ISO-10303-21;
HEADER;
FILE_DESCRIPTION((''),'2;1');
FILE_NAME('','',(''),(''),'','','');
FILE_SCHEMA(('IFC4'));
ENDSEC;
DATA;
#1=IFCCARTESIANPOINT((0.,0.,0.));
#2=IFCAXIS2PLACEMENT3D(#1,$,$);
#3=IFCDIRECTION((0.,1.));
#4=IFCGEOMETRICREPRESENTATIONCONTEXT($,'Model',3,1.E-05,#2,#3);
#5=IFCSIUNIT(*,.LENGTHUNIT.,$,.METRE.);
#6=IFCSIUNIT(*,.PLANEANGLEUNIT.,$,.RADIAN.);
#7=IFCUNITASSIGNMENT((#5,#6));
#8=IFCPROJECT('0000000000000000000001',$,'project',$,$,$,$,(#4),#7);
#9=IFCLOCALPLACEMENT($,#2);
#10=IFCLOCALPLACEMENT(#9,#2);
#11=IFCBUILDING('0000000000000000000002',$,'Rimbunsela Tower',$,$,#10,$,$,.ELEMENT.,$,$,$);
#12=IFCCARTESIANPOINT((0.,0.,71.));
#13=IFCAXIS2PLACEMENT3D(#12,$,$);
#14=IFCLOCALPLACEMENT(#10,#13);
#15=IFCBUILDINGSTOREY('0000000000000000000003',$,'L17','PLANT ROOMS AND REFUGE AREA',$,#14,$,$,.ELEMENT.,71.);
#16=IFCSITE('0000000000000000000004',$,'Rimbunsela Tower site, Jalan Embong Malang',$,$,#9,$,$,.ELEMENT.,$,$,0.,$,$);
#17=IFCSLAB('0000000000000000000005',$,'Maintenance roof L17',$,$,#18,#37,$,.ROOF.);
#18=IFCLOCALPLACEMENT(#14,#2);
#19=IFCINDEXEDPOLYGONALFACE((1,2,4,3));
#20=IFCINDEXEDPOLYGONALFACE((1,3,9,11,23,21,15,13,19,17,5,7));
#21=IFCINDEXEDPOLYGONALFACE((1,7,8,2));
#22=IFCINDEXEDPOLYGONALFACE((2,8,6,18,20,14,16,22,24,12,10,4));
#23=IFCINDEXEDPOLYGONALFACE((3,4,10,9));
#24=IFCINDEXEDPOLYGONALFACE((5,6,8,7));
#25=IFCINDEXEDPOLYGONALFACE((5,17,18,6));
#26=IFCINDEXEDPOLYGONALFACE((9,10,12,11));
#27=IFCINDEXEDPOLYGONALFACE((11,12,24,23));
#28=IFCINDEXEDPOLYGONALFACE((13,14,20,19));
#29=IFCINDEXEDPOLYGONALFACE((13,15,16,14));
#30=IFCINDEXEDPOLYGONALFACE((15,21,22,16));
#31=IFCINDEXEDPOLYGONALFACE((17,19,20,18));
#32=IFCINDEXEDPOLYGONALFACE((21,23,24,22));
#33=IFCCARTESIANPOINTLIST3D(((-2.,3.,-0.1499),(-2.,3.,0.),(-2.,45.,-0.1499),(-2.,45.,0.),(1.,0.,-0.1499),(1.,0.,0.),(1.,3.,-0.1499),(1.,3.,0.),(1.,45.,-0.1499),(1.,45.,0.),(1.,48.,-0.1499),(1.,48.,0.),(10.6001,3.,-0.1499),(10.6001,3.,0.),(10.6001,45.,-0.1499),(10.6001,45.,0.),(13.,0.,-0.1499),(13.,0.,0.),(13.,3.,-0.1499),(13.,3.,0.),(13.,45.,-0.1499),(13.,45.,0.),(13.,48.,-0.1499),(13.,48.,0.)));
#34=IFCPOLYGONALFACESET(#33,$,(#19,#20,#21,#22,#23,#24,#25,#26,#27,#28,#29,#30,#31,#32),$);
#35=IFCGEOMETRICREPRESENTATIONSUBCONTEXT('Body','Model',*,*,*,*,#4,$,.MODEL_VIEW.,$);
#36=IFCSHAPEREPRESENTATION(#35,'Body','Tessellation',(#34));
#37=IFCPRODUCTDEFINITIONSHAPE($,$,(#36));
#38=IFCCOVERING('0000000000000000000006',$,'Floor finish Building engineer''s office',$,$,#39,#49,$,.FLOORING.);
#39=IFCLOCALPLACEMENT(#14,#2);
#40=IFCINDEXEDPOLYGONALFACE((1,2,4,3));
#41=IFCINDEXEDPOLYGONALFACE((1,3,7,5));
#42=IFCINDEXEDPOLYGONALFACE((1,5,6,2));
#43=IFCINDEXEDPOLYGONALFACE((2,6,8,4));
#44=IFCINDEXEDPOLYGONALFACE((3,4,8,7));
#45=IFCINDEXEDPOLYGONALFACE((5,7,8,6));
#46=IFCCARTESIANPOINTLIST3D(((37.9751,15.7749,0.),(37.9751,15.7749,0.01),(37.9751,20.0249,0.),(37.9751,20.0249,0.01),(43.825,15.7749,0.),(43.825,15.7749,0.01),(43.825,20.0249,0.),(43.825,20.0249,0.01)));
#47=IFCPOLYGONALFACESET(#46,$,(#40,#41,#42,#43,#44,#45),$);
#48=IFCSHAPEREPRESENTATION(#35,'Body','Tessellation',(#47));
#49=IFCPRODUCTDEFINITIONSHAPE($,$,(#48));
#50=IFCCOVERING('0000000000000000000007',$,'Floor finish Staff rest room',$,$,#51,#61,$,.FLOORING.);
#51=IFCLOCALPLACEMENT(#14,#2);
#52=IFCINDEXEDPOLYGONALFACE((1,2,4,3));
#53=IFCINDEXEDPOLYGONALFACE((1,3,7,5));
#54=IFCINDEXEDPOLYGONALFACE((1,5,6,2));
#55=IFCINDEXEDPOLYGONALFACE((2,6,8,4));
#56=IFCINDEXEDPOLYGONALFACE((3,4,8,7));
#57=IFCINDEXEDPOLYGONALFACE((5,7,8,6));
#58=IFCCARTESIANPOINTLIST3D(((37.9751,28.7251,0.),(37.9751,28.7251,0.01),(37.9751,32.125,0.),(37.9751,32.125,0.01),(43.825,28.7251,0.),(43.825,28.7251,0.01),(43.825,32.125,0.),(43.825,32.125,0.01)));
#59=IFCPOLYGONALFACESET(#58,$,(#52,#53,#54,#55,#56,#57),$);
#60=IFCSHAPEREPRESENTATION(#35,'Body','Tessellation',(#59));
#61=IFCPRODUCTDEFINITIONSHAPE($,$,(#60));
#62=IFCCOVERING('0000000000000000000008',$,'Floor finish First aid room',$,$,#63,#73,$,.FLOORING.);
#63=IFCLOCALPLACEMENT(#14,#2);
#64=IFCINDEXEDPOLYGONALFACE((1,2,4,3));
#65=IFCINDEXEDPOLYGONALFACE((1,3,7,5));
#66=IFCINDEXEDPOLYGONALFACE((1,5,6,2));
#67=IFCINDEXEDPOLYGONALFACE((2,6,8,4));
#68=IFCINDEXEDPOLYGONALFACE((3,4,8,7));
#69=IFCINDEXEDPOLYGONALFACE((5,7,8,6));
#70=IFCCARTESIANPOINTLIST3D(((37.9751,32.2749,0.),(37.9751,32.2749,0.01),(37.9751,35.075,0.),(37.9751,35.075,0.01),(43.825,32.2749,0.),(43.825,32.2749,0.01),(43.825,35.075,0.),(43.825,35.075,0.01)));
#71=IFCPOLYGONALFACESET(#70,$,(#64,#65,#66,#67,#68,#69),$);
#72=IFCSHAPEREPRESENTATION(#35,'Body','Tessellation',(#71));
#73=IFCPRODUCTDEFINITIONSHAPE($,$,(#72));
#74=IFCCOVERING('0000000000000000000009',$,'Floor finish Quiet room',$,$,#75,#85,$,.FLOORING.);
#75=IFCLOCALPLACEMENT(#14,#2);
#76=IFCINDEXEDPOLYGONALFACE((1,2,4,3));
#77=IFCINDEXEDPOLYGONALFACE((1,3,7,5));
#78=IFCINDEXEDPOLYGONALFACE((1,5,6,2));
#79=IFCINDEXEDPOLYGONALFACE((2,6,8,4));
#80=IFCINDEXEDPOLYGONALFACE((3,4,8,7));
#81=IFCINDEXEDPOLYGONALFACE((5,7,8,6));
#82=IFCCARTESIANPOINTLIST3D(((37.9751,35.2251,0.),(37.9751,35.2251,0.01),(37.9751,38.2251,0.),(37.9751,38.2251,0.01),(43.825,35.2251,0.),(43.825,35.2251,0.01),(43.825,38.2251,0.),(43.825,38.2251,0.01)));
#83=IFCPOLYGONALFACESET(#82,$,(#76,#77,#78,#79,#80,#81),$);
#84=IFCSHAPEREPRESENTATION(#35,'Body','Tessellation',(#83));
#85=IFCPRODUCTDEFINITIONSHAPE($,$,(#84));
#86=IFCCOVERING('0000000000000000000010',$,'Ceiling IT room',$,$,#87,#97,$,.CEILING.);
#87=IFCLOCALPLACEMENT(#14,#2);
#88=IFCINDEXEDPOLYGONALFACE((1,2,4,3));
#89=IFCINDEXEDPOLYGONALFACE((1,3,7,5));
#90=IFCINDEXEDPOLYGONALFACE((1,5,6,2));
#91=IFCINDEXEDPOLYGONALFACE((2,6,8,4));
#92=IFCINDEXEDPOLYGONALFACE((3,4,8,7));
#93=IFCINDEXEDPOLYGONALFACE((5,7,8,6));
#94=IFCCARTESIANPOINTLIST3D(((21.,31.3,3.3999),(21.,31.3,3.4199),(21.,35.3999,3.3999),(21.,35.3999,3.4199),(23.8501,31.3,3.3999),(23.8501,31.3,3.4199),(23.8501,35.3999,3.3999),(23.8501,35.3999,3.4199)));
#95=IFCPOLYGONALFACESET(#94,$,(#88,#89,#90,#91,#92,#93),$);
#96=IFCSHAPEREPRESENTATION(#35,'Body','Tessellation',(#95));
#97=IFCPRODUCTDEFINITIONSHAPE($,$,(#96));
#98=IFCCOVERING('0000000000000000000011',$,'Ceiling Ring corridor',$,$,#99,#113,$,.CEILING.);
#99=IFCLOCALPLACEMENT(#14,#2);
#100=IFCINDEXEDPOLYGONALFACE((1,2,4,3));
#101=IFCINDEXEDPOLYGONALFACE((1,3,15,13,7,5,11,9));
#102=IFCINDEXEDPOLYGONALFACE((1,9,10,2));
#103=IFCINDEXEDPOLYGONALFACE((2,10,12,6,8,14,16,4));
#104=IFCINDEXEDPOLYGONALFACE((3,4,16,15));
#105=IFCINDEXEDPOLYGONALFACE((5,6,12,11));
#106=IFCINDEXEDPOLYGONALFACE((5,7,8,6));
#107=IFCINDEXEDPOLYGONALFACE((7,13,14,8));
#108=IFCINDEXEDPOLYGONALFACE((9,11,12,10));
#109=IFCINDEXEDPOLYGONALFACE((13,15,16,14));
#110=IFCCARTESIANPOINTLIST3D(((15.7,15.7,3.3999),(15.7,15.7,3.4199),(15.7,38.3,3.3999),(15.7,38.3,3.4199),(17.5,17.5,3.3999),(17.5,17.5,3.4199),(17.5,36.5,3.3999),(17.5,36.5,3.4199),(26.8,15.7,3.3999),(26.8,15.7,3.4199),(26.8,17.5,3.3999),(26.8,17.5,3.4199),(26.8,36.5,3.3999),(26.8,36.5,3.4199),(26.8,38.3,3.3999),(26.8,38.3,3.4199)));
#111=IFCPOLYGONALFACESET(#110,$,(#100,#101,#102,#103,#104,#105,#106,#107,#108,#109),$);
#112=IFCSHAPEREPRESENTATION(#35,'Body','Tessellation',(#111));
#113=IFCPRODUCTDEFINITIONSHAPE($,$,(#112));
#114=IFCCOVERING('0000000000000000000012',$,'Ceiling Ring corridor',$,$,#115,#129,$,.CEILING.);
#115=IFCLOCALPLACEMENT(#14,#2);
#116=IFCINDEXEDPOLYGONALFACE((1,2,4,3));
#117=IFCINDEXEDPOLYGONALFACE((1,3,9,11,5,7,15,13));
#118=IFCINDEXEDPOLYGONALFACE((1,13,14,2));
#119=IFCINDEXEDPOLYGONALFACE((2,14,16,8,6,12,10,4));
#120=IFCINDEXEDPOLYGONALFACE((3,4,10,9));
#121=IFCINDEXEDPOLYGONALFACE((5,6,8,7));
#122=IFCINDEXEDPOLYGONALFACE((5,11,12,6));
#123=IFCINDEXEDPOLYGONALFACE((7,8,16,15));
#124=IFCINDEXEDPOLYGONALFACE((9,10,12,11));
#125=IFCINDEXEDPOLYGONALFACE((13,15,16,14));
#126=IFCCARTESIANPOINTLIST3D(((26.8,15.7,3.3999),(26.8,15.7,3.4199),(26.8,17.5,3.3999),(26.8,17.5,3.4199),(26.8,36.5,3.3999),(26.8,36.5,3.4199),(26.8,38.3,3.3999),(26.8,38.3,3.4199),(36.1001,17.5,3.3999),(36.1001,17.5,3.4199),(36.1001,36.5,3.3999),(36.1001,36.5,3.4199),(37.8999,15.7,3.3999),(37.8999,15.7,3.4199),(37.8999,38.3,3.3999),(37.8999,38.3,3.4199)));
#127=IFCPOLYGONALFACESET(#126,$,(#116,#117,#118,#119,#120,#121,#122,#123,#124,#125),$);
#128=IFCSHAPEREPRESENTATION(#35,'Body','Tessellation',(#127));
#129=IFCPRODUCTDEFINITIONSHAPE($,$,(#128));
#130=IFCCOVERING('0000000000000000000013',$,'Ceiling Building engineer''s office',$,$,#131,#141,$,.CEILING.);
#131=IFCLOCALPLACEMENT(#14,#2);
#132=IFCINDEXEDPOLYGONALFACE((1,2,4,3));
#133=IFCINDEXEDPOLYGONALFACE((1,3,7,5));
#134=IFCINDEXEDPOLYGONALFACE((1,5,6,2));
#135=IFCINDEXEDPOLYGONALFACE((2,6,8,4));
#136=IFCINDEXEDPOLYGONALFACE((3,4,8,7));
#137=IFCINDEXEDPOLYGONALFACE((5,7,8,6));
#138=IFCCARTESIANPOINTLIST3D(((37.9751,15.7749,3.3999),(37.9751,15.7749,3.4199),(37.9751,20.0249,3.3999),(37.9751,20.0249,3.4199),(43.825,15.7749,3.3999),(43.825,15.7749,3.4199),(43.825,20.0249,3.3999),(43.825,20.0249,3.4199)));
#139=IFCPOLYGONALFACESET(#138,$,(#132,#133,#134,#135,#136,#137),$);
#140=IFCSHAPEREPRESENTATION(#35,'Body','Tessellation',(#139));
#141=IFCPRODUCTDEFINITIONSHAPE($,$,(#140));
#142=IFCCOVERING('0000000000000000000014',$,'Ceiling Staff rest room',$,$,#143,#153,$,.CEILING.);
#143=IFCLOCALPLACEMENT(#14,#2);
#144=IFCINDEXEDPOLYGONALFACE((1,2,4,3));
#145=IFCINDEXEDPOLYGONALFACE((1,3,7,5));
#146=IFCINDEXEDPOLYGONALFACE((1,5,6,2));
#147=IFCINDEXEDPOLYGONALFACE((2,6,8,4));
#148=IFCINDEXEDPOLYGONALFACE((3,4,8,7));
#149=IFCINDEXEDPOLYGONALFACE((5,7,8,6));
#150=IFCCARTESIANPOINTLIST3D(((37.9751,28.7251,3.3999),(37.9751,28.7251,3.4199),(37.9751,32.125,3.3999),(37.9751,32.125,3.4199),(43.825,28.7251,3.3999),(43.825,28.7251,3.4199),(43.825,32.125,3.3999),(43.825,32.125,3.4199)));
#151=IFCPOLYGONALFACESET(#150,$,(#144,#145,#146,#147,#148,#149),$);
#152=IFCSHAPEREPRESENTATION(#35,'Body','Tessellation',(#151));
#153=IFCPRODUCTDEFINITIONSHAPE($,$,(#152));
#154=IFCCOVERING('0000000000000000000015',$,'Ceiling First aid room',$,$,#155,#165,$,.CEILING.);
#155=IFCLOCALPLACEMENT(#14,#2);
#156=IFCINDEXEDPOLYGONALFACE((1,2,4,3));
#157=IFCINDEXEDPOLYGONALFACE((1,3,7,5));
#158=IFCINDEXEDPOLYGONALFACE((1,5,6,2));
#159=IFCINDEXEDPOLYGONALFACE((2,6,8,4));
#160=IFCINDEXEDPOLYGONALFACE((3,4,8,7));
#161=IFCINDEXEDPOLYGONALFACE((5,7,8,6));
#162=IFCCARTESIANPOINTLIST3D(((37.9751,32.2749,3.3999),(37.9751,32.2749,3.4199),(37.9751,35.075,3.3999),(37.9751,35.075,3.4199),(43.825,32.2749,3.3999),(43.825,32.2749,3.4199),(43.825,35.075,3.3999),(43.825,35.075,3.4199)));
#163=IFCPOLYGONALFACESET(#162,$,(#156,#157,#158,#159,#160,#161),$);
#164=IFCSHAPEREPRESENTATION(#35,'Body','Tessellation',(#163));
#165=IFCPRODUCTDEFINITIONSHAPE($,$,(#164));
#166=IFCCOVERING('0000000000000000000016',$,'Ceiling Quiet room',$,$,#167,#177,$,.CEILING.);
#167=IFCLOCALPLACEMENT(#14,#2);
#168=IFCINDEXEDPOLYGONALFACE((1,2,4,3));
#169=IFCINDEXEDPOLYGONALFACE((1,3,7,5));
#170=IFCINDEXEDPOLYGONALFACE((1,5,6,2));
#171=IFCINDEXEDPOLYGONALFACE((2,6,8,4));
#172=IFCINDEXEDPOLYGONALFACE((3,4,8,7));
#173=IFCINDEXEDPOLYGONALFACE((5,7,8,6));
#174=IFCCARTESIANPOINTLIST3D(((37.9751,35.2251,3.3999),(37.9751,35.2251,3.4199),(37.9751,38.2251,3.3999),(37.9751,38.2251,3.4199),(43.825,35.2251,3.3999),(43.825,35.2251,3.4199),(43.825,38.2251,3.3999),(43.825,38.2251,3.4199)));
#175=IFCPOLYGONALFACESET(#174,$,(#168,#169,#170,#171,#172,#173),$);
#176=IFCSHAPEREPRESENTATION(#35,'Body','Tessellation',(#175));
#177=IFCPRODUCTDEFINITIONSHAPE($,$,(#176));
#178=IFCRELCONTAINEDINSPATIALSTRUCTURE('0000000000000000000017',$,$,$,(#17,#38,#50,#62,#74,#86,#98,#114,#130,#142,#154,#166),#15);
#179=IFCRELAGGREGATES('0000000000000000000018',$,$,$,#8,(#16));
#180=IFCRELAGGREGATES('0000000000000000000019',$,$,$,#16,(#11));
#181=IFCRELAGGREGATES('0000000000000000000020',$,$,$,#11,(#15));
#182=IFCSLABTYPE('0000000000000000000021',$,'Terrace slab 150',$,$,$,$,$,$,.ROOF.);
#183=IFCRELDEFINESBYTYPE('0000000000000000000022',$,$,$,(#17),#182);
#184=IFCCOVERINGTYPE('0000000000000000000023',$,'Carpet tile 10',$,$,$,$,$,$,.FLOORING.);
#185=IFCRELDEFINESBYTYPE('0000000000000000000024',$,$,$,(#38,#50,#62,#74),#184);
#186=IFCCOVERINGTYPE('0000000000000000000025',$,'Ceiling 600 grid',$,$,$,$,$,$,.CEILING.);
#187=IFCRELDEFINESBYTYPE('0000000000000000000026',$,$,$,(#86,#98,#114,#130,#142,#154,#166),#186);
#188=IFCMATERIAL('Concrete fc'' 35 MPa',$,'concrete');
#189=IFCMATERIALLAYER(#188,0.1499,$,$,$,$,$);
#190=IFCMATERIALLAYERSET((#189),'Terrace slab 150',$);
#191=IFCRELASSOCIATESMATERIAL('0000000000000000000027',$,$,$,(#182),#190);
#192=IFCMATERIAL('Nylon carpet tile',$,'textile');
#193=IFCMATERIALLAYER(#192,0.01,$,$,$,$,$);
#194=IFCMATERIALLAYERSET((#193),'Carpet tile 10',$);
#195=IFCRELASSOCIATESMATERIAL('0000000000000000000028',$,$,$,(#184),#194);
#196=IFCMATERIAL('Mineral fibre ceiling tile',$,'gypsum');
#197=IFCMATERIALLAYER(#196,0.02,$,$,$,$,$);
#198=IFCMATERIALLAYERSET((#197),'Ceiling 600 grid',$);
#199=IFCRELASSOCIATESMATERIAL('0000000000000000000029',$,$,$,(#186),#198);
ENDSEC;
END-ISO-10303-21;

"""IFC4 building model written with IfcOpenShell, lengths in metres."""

from ifc_helpers import new_model, si_unit, direction, frame, origin, place, context, subcontext, project, spatial, polyline, outline, extrude, material, layer, layer_set, type_object, element, save


model = new_model("IFC4")

# Units and contexts
model_context = context("Model", 3, precision=1e-05, world=origin(), true_north=direction((0.0, 1.0)))
body_context = subcontext(model_context, "Body", "Model", "MODEL_VIEW")
ifc_project = project(units=[si_unit("LENGTHUNIT", "METRE"), si_unit("PLANEANGLEUNIT", "RADIAN")], contexts=[model_context])

# Site, building, storey
site_placement = place(None, origin())
site = spatial("IfcSite", under=ifc_project, at=site_placement, Name="Rimbunsela Tower site, Jalan Embong Malang", CompositionType="ELEMENT", RefElevation=0.0)
building_placement = place(site_placement, origin())
building = spatial("IfcBuilding", under=site, at=building_placement, Name="Rimbunsela Tower", CompositionType="ELEMENT")
storey_placement = place(building_placement, frame((0.0, 0.0, 71.0)))
storey = spatial("IfcBuildingStorey", under=building, at=storey_placement, Name="L17", Description="PLANT ROOMS AND REFUGE AREA", CompositionType="ELEMENT", Elevation=71.0)

# Slab
ifc_material_1 = material(Name="Concrete fc' 35 MPa", Category="concrete")
ifc_layer_1 = layer(ifc_material_1, 0.1499)
ifc_layer_set_1 = layer_set([ifc_layer_1], Name="Terrace slab 150")
slab_type_1 = type_object("IfcSlabType", Name="Terrace slab 150", PredefinedType="ROOF", material=ifc_layer_set_1)
slab_1_placement = place(storey_placement, frame((0.0, 0.0, -0.1499)))
element("IfcSlab", 1, at=slab_1_placement, inside=storey, type_object=slab_type_1, Name="Maintenance roof L17", PredefinedType="ROOF", context=body_context, shape_type="SweptSolid", body=[
    extrude(outline(polyline([(1.0, 0.0), (1.0, 3.0), (-2.0, 3.0), (-2.0, 45.0), (1.0, 45.0), (1.0, 48.0), (13.0, 48.0), (13.0, 45.0), (10.6001, 45.0), (10.6001, 3.0), (13.0, 3.0), (13.0, 0.0), (1.0, 0.0)])), origin(), (0.0, 0.0, 1.0), 0.1499),
])

# Coverings
ifc_material_2 = material(Name="Nylon carpet tile", Category="textile")
ifc_layer_2 = layer(ifc_material_2, 0.01)
ifc_layer_set_2 = layer_set([ifc_layer_2], Name="Carpet tile 10")
covering_type_1 = type_object("IfcCoveringType", Name="Carpet tile 10", PredefinedType="FLOORING", material=ifc_layer_set_2)
covering_1_placement = place(storey_placement, origin())
element("IfcCovering", 2, at=covering_1_placement, inside=storey, type_object=covering_type_1, Name="Floor finish Building engineer's office", PredefinedType="FLOORING", context=body_context, shape_type="SweptSolid", body=[
    extrude(outline(polyline([(43.825, 15.7749), (43.825, 20.0249), (37.9751, 20.0249), (37.9751, 15.7749), (43.825, 15.7749)])), origin(), (0.0, 0.0, 1.0), 0.01),
])
covering_2_placement = place(storey_placement, origin())
element("IfcCovering", 3, at=covering_2_placement, inside=storey, type_object=covering_type_1, Name="Floor finish Staff rest room", PredefinedType="FLOORING", context=body_context, shape_type="SweptSolid", body=[
    extrude(outline(polyline([(43.825, 28.7251), (43.825, 32.125), (37.9751, 32.125), (37.9751, 28.7251), (43.825, 28.7251)])), origin(), (0.0, 0.0, 1.0), 0.01),
])
covering_3_placement = place(storey_placement, origin())
element("IfcCovering", 4, at=covering_3_placement, inside=storey, type_object=covering_type_1, Name="Floor finish First aid room", PredefinedType="FLOORING", context=body_context, shape_type="SweptSolid", body=[
    extrude(outline(polyline([(43.825, 32.2749), (43.825, 35.075), (37.9751, 35.075), (37.9751, 32.2749), (43.825, 32.2749)])), origin(), (0.0, 0.0, 1.0), 0.01),
])
covering_4_placement = place(storey_placement, origin())
element("IfcCovering", 5, at=covering_4_placement, inside=storey, type_object=covering_type_1, Name="Floor finish Quiet room", PredefinedType="FLOORING", context=body_context, shape_type="SweptSolid", body=[
    extrude(outline(polyline([(43.825, 35.2251), (43.825, 38.2251), (37.9751, 38.2251), (37.9751, 35.2251), (43.825, 35.2251)])), origin(), (0.0, 0.0, 1.0), 0.01),
])
ifc_material_3 = material(Name="Mineral fibre ceiling tile", Category="gypsum")
ifc_layer_3 = layer(ifc_material_3, 0.02)
ifc_layer_set_3 = layer_set([ifc_layer_3], Name="Ceiling 600 grid")
covering_type_2 = type_object("IfcCoveringType", Name="Ceiling 600 grid", PredefinedType="CEILING", material=ifc_layer_set_3)
covering_5_placement = place(storey_placement, frame((0.0, 0.0, 3.3999)))
element("IfcCovering", 6, at=covering_5_placement, inside=storey, type_object=covering_type_2, Name="Ceiling IT room", PredefinedType="CEILING", context=body_context, shape_type="SweptSolid", body=[
    extrude(outline(polyline([(23.8501, 31.3), (23.8501, 35.3999), (21.0, 35.3999), (21.0, 31.3), (23.8501, 31.3)])), origin(), (0.0, 0.0, 1.0), 0.02),
])
covering_6_placement = place(storey_placement, frame((0.0, 0.0, 3.3999)))
element("IfcCovering", 7, at=covering_6_placement, inside=storey, type_object=covering_type_2, Name="Ceiling Ring corridor", PredefinedType="CEILING", context=body_context, shape_type="SweptSolid", body=[
    extrude(outline(polyline([(15.7, 38.3), (26.8, 38.3), (26.8, 36.5), (17.5, 36.5), (17.5, 17.5), (26.8, 17.5), (26.8, 15.7), (15.7, 15.7), (15.7, 38.3)])), origin(), (0.0, 0.0, 1.0), 0.02),
])
covering_7_placement = place(storey_placement, frame((0.0, 0.0, 3.3999)))
element("IfcCovering", 8, at=covering_7_placement, inside=storey, type_object=covering_type_2, Name="Ceiling Ring corridor", PredefinedType="CEILING", context=body_context, shape_type="SweptSolid", body=[
    extrude(outline(polyline([(37.8999, 38.3), (37.8999, 15.7), (26.8, 15.7), (26.8, 17.5), (36.1001, 17.5), (36.1001, 36.5), (26.8, 36.5), (26.8, 38.3), (37.8999, 38.3)])), origin(), (0.0, 0.0, 1.0), 0.02),
])
covering_8_placement = place(storey_placement, frame((0.0, 0.0, 3.3999)))
element("IfcCovering", 9, at=covering_8_placement, inside=storey, type_object=covering_type_2, Name="Ceiling Building engineer's office", PredefinedType="CEILING", context=body_context, shape_type="SweptSolid", body=[
    extrude(outline(polyline([(43.825, 15.7749), (43.825, 20.0249), (37.9751, 20.0249), (37.9751, 15.7749), (43.825, 15.7749)])), origin(), (0.0, 0.0, 1.0), 0.02),
])
covering_9_placement = place(storey_placement, frame((0.0, 0.0, 3.3999)))
element("IfcCovering", 10, at=covering_9_placement, inside=storey, type_object=covering_type_2, Name="Ceiling Staff rest room", PredefinedType="CEILING", context=body_context, shape_type="SweptSolid", body=[
    extrude(outline(polyline([(43.825, 28.7251), (43.825, 32.125), (37.9751, 32.125), (37.9751, 28.7251), (43.825, 28.7251)])), origin(), (0.0, 0.0, 1.0), 0.02),
])
covering_10_placement = place(storey_placement, frame((0.0, 0.0, 3.3999)))
element("IfcCovering", 11, at=covering_10_placement, inside=storey, type_object=covering_type_2, Name="Ceiling First aid room", PredefinedType="CEILING", context=body_context, shape_type="SweptSolid", body=[
    extrude(outline(polyline([(43.825, 32.2749), (43.825, 35.075), (37.9751, 35.075), (37.9751, 32.2749), (43.825, 32.2749)])), origin(), (0.0, 0.0, 1.0), 0.02),
])
covering_11_placement = place(storey_placement, frame((0.0, 0.0, 3.3999)))
element("IfcCovering", 12, at=covering_11_placement, inside=storey, type_object=covering_type_2, Name="Ceiling Quiet room", PredefinedType="CEILING", context=body_context, shape_type="SweptSolid", body=[
    extrude(outline(polyline([(43.825, 35.2251), (43.825, 38.2251), (37.9751, 38.2251), (37.9751, 35.2251), (43.825, 35.2251)])), origin(), (0.0, 0.0, 1.0), 0.02),
])

save(model, "model.ifc")
